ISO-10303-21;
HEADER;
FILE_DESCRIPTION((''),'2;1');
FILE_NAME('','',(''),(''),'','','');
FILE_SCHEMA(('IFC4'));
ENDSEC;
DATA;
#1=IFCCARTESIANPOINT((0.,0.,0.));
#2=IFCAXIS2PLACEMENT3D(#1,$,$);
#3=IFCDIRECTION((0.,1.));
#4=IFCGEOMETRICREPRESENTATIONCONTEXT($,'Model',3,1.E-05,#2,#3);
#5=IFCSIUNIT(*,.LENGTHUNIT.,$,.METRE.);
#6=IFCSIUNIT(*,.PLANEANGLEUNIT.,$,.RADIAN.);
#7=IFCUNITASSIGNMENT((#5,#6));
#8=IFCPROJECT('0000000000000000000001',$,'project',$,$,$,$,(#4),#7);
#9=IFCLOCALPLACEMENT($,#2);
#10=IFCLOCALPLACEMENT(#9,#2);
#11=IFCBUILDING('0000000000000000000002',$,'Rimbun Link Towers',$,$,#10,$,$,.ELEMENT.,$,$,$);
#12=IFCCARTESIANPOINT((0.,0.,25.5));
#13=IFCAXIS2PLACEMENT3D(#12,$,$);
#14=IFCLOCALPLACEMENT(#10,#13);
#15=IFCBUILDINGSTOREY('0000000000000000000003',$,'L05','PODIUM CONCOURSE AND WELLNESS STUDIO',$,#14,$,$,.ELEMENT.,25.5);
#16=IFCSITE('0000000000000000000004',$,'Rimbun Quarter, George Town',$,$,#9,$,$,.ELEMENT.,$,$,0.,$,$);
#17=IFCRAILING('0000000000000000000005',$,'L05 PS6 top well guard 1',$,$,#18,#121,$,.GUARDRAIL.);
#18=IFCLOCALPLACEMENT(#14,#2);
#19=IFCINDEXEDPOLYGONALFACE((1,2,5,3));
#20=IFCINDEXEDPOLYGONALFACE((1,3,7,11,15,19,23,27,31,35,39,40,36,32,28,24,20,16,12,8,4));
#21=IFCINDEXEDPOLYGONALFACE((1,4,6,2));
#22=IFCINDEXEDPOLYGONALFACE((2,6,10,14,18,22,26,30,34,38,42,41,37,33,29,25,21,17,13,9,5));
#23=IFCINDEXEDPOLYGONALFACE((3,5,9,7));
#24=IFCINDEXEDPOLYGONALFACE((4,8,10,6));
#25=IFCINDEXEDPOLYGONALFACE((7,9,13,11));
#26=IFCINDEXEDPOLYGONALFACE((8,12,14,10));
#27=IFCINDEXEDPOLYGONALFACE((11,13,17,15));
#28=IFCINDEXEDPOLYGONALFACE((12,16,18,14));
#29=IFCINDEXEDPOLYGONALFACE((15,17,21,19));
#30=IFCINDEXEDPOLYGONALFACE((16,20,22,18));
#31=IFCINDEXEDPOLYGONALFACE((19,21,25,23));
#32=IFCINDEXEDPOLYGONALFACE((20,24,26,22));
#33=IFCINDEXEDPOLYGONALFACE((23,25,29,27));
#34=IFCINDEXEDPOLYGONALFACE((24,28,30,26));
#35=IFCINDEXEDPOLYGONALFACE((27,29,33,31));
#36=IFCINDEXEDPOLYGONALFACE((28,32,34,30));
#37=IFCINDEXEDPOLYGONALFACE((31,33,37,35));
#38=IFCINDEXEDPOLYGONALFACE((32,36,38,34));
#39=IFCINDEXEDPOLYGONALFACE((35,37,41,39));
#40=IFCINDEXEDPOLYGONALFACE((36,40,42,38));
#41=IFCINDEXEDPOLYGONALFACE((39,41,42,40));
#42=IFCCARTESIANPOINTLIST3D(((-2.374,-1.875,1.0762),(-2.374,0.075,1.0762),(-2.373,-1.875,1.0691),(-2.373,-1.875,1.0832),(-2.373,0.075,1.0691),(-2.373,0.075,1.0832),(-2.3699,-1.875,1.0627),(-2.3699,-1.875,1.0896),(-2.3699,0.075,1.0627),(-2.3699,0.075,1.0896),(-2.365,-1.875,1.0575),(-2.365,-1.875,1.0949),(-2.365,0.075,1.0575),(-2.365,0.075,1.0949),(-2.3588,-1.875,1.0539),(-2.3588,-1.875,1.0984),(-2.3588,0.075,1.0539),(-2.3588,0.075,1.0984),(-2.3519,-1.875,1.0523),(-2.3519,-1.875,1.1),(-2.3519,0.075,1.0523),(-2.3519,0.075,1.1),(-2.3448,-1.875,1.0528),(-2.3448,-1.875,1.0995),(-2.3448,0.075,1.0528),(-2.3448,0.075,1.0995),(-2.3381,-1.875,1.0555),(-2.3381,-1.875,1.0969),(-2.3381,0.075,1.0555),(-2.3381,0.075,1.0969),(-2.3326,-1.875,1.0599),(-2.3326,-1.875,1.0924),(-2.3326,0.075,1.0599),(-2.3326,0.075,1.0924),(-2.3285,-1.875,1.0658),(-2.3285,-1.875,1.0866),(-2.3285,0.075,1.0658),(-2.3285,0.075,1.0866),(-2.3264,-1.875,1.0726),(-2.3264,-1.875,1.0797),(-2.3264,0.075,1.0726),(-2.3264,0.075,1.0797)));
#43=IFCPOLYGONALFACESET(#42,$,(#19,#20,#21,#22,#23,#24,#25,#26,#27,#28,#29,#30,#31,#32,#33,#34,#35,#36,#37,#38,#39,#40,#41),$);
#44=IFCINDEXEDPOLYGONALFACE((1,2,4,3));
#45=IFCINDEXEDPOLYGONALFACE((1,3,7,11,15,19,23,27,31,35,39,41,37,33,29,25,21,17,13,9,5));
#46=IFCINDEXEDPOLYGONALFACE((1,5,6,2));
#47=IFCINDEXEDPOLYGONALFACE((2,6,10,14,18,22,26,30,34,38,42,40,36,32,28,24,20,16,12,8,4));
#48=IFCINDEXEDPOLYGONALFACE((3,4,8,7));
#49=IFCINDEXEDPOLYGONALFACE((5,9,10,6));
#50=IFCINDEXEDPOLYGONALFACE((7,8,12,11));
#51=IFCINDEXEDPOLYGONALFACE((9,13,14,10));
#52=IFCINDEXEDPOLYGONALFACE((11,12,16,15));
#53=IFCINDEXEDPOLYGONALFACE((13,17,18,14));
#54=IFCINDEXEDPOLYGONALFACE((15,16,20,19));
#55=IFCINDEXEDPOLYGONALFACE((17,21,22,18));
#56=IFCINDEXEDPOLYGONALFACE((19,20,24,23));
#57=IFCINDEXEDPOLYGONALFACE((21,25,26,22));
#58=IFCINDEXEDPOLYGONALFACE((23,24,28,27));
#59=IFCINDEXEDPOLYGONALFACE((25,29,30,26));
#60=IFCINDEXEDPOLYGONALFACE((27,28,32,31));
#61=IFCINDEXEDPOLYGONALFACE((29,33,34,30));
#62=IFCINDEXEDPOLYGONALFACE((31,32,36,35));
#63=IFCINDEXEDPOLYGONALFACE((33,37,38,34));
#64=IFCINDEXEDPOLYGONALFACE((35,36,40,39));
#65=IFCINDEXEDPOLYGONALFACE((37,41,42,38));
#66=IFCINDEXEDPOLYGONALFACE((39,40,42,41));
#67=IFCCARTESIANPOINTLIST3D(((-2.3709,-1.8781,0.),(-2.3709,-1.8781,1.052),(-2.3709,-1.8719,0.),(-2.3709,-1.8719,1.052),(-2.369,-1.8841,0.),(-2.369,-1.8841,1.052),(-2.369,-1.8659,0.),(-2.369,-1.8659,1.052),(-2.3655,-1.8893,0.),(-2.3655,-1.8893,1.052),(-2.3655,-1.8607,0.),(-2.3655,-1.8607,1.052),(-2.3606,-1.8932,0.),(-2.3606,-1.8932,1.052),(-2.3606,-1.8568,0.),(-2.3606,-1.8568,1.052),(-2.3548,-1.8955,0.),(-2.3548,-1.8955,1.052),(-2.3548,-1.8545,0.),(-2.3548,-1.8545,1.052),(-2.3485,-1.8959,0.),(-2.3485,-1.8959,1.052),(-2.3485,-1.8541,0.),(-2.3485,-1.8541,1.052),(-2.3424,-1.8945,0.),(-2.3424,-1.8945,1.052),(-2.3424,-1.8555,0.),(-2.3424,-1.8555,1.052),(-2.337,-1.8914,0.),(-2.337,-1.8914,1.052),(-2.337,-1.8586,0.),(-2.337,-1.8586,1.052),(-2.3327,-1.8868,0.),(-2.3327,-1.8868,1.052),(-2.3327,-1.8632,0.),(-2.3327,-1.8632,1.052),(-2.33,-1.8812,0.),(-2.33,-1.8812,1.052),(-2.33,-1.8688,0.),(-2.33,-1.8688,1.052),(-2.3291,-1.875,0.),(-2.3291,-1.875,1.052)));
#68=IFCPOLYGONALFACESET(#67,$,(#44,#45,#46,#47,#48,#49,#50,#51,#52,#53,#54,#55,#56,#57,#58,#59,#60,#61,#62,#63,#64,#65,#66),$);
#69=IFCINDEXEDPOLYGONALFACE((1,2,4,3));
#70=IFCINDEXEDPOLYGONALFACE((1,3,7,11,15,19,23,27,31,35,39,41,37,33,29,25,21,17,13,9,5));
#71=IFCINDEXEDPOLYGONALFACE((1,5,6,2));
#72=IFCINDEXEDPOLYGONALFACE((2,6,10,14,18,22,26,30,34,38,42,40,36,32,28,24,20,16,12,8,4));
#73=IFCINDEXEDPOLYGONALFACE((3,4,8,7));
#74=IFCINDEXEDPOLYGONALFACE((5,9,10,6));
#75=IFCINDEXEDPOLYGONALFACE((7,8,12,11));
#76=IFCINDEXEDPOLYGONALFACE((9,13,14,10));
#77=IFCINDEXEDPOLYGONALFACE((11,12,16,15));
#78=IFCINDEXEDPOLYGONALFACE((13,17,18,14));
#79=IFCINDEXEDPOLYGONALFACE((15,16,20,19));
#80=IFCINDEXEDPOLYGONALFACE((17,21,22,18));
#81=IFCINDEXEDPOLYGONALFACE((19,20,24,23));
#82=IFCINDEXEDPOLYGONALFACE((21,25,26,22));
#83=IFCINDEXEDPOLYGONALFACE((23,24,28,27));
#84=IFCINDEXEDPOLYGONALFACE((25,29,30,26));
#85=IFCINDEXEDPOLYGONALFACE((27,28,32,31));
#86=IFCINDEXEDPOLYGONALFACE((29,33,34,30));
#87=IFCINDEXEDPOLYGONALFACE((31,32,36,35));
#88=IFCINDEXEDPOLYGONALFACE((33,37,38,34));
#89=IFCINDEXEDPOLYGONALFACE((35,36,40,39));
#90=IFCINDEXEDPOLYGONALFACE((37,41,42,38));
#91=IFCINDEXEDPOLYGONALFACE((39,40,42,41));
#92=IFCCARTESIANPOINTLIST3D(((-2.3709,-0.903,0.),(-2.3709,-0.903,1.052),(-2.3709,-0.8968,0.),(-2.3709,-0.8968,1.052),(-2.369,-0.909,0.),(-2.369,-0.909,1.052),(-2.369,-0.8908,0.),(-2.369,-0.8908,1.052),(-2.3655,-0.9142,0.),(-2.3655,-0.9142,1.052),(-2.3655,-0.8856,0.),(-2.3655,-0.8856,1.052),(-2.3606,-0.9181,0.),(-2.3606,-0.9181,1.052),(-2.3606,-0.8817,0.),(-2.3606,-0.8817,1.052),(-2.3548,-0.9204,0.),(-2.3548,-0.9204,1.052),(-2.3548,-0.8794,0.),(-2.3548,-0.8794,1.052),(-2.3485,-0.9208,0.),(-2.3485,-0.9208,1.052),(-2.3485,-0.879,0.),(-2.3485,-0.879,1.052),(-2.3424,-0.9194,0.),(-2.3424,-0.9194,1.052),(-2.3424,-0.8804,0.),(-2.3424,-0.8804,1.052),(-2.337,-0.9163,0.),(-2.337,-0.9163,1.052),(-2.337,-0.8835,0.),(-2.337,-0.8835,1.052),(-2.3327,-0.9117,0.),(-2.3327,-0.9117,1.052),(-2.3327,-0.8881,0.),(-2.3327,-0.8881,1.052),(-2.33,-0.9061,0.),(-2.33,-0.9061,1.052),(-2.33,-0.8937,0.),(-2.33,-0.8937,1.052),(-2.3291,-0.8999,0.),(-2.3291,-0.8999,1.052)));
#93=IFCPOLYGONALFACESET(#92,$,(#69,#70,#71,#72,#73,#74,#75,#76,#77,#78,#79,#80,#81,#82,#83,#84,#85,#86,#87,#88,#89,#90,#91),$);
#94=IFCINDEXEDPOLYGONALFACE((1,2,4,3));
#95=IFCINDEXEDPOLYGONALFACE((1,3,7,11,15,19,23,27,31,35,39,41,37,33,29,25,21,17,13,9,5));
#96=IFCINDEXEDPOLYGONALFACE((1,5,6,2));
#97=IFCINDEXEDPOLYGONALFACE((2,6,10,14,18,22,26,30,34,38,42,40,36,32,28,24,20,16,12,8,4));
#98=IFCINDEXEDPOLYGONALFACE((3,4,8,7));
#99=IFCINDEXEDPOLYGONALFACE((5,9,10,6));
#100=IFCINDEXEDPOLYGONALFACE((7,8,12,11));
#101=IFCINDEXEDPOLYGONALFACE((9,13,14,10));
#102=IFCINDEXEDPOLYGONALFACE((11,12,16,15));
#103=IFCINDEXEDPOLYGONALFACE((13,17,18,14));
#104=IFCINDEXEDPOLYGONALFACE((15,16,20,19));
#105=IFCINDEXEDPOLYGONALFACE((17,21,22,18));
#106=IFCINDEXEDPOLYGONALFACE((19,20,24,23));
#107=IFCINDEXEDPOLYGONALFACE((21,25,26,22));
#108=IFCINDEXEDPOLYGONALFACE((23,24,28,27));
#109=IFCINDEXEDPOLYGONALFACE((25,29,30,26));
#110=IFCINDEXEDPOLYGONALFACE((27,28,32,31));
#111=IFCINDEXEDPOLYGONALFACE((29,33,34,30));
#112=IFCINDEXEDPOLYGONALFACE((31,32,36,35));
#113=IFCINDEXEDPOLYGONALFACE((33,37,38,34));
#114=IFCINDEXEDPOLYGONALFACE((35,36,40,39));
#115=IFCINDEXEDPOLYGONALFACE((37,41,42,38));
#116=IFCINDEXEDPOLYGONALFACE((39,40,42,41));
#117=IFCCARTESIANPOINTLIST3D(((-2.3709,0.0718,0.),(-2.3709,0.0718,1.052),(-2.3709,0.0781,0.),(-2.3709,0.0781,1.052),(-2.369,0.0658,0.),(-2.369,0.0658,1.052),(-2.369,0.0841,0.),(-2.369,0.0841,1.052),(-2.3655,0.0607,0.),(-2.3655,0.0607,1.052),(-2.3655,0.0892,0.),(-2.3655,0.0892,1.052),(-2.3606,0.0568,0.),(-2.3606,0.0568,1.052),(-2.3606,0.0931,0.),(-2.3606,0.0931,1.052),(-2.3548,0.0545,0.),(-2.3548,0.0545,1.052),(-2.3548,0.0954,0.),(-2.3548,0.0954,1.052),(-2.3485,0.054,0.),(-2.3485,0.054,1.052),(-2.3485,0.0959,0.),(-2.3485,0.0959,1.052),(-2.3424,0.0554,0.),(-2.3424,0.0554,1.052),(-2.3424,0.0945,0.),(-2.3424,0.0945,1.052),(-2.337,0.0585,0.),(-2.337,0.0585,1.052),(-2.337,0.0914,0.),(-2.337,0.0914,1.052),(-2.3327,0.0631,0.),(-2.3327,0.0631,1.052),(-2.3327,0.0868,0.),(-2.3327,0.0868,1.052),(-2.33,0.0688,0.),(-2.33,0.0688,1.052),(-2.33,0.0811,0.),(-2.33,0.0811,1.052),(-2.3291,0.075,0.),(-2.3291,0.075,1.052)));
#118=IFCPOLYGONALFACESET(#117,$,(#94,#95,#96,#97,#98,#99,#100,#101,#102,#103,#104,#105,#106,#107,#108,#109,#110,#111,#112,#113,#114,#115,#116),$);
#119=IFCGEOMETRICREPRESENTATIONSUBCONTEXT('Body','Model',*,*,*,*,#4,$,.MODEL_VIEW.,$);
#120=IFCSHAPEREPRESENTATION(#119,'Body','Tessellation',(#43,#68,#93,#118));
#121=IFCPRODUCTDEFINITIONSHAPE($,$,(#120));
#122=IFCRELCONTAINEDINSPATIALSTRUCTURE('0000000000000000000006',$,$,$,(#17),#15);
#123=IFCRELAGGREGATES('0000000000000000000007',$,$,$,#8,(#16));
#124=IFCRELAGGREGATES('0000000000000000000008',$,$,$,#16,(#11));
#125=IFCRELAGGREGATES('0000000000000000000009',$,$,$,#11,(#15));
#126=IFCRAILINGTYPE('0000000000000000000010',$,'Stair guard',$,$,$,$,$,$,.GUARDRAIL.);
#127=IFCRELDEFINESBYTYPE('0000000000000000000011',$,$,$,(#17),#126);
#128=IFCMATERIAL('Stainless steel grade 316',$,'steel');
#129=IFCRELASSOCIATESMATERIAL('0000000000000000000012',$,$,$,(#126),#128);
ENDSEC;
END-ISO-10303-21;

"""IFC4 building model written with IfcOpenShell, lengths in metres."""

from ifc_helpers import new_model, si_unit, direction, frame, origin, origin_2d, place, context, subcontext, project, spatial, circle, extrude, material, type_object, element, save


model = new_model("IFC4")

# Units and contexts
model_context = context("Model", 3, precision=1e-05, world=origin(), true_north=direction((0.0, 1.0)))
body_context = subcontext(model_context, "Body", "Model", "MODEL_VIEW")
ifc_project = project(units=[si_unit("LENGTHUNIT", "METRE"), si_unit("PLANEANGLEUNIT", "RADIAN")], contexts=[model_context])

# Site, building, storey
site_placement = place(None, origin())
site = spatial("IfcSite", under=ifc_project, at=site_placement, Name="Rimbun Quarter, George Town", CompositionType="ELEMENT", RefElevation=0.0)
building_placement = place(site_placement, origin())
building = spatial("IfcBuilding", under=site, at=building_placement, Name="Rimbun Link Towers", CompositionType="ELEMENT")
storey_placement = place(building_placement, frame((0.0, 0.0, 25.5)))
storey = spatial("IfcBuildingStorey", under=building, at=storey_placement, Name="L05", Description="PODIUM CONCOURSE AND WELLNESS STUDIO", CompositionType="ELEMENT", Elevation=25.5)

# Railing
ifc_material_1 = material(Name="Stainless steel grade 316", Category="steel")
railing_type_1 = type_object("IfcRailingType", Name="Stair guard", PredefinedType="GUARDRAIL", material=ifc_material_1)
railing_1_placement = place(storey_placement, frame((-2.3501, -1.875, 0.0)))
element("IfcRailing", 1, at=railing_1_placement, inside=storey, type_object=railing_type_1, Name="L05 PS6 top well guard 1", PredefinedType="GUARDRAIL", context=body_context, shape_type="SweptSolid", body=[
    extrude(circle(Radius=0.0239, at=origin_2d()), frame((0.0, 0.0, 1.0762), z_axis=(0.0, 1.0, 0.0), x_axis=(-1.0, 0.0, 0.0)), (0.0, 0.0, 1.0), 1.95),
    extrude(circle(Radius=0.021, at=origin_2d()), origin(), (0.0, 0.0, 1.0), 1.052),
    extrude(circle(Radius=0.021, at=origin_2d()), frame((0.0, 0.9751, 0.0)), (0.0, 0.0, 1.0), 1.052),
    extrude(circle(Radius=0.021, at=origin_2d()), frame((0.0, 1.95, 0.0)), (0.0, 0.0, 1.0), 1.052),
])

save(model, "model.ifc")
